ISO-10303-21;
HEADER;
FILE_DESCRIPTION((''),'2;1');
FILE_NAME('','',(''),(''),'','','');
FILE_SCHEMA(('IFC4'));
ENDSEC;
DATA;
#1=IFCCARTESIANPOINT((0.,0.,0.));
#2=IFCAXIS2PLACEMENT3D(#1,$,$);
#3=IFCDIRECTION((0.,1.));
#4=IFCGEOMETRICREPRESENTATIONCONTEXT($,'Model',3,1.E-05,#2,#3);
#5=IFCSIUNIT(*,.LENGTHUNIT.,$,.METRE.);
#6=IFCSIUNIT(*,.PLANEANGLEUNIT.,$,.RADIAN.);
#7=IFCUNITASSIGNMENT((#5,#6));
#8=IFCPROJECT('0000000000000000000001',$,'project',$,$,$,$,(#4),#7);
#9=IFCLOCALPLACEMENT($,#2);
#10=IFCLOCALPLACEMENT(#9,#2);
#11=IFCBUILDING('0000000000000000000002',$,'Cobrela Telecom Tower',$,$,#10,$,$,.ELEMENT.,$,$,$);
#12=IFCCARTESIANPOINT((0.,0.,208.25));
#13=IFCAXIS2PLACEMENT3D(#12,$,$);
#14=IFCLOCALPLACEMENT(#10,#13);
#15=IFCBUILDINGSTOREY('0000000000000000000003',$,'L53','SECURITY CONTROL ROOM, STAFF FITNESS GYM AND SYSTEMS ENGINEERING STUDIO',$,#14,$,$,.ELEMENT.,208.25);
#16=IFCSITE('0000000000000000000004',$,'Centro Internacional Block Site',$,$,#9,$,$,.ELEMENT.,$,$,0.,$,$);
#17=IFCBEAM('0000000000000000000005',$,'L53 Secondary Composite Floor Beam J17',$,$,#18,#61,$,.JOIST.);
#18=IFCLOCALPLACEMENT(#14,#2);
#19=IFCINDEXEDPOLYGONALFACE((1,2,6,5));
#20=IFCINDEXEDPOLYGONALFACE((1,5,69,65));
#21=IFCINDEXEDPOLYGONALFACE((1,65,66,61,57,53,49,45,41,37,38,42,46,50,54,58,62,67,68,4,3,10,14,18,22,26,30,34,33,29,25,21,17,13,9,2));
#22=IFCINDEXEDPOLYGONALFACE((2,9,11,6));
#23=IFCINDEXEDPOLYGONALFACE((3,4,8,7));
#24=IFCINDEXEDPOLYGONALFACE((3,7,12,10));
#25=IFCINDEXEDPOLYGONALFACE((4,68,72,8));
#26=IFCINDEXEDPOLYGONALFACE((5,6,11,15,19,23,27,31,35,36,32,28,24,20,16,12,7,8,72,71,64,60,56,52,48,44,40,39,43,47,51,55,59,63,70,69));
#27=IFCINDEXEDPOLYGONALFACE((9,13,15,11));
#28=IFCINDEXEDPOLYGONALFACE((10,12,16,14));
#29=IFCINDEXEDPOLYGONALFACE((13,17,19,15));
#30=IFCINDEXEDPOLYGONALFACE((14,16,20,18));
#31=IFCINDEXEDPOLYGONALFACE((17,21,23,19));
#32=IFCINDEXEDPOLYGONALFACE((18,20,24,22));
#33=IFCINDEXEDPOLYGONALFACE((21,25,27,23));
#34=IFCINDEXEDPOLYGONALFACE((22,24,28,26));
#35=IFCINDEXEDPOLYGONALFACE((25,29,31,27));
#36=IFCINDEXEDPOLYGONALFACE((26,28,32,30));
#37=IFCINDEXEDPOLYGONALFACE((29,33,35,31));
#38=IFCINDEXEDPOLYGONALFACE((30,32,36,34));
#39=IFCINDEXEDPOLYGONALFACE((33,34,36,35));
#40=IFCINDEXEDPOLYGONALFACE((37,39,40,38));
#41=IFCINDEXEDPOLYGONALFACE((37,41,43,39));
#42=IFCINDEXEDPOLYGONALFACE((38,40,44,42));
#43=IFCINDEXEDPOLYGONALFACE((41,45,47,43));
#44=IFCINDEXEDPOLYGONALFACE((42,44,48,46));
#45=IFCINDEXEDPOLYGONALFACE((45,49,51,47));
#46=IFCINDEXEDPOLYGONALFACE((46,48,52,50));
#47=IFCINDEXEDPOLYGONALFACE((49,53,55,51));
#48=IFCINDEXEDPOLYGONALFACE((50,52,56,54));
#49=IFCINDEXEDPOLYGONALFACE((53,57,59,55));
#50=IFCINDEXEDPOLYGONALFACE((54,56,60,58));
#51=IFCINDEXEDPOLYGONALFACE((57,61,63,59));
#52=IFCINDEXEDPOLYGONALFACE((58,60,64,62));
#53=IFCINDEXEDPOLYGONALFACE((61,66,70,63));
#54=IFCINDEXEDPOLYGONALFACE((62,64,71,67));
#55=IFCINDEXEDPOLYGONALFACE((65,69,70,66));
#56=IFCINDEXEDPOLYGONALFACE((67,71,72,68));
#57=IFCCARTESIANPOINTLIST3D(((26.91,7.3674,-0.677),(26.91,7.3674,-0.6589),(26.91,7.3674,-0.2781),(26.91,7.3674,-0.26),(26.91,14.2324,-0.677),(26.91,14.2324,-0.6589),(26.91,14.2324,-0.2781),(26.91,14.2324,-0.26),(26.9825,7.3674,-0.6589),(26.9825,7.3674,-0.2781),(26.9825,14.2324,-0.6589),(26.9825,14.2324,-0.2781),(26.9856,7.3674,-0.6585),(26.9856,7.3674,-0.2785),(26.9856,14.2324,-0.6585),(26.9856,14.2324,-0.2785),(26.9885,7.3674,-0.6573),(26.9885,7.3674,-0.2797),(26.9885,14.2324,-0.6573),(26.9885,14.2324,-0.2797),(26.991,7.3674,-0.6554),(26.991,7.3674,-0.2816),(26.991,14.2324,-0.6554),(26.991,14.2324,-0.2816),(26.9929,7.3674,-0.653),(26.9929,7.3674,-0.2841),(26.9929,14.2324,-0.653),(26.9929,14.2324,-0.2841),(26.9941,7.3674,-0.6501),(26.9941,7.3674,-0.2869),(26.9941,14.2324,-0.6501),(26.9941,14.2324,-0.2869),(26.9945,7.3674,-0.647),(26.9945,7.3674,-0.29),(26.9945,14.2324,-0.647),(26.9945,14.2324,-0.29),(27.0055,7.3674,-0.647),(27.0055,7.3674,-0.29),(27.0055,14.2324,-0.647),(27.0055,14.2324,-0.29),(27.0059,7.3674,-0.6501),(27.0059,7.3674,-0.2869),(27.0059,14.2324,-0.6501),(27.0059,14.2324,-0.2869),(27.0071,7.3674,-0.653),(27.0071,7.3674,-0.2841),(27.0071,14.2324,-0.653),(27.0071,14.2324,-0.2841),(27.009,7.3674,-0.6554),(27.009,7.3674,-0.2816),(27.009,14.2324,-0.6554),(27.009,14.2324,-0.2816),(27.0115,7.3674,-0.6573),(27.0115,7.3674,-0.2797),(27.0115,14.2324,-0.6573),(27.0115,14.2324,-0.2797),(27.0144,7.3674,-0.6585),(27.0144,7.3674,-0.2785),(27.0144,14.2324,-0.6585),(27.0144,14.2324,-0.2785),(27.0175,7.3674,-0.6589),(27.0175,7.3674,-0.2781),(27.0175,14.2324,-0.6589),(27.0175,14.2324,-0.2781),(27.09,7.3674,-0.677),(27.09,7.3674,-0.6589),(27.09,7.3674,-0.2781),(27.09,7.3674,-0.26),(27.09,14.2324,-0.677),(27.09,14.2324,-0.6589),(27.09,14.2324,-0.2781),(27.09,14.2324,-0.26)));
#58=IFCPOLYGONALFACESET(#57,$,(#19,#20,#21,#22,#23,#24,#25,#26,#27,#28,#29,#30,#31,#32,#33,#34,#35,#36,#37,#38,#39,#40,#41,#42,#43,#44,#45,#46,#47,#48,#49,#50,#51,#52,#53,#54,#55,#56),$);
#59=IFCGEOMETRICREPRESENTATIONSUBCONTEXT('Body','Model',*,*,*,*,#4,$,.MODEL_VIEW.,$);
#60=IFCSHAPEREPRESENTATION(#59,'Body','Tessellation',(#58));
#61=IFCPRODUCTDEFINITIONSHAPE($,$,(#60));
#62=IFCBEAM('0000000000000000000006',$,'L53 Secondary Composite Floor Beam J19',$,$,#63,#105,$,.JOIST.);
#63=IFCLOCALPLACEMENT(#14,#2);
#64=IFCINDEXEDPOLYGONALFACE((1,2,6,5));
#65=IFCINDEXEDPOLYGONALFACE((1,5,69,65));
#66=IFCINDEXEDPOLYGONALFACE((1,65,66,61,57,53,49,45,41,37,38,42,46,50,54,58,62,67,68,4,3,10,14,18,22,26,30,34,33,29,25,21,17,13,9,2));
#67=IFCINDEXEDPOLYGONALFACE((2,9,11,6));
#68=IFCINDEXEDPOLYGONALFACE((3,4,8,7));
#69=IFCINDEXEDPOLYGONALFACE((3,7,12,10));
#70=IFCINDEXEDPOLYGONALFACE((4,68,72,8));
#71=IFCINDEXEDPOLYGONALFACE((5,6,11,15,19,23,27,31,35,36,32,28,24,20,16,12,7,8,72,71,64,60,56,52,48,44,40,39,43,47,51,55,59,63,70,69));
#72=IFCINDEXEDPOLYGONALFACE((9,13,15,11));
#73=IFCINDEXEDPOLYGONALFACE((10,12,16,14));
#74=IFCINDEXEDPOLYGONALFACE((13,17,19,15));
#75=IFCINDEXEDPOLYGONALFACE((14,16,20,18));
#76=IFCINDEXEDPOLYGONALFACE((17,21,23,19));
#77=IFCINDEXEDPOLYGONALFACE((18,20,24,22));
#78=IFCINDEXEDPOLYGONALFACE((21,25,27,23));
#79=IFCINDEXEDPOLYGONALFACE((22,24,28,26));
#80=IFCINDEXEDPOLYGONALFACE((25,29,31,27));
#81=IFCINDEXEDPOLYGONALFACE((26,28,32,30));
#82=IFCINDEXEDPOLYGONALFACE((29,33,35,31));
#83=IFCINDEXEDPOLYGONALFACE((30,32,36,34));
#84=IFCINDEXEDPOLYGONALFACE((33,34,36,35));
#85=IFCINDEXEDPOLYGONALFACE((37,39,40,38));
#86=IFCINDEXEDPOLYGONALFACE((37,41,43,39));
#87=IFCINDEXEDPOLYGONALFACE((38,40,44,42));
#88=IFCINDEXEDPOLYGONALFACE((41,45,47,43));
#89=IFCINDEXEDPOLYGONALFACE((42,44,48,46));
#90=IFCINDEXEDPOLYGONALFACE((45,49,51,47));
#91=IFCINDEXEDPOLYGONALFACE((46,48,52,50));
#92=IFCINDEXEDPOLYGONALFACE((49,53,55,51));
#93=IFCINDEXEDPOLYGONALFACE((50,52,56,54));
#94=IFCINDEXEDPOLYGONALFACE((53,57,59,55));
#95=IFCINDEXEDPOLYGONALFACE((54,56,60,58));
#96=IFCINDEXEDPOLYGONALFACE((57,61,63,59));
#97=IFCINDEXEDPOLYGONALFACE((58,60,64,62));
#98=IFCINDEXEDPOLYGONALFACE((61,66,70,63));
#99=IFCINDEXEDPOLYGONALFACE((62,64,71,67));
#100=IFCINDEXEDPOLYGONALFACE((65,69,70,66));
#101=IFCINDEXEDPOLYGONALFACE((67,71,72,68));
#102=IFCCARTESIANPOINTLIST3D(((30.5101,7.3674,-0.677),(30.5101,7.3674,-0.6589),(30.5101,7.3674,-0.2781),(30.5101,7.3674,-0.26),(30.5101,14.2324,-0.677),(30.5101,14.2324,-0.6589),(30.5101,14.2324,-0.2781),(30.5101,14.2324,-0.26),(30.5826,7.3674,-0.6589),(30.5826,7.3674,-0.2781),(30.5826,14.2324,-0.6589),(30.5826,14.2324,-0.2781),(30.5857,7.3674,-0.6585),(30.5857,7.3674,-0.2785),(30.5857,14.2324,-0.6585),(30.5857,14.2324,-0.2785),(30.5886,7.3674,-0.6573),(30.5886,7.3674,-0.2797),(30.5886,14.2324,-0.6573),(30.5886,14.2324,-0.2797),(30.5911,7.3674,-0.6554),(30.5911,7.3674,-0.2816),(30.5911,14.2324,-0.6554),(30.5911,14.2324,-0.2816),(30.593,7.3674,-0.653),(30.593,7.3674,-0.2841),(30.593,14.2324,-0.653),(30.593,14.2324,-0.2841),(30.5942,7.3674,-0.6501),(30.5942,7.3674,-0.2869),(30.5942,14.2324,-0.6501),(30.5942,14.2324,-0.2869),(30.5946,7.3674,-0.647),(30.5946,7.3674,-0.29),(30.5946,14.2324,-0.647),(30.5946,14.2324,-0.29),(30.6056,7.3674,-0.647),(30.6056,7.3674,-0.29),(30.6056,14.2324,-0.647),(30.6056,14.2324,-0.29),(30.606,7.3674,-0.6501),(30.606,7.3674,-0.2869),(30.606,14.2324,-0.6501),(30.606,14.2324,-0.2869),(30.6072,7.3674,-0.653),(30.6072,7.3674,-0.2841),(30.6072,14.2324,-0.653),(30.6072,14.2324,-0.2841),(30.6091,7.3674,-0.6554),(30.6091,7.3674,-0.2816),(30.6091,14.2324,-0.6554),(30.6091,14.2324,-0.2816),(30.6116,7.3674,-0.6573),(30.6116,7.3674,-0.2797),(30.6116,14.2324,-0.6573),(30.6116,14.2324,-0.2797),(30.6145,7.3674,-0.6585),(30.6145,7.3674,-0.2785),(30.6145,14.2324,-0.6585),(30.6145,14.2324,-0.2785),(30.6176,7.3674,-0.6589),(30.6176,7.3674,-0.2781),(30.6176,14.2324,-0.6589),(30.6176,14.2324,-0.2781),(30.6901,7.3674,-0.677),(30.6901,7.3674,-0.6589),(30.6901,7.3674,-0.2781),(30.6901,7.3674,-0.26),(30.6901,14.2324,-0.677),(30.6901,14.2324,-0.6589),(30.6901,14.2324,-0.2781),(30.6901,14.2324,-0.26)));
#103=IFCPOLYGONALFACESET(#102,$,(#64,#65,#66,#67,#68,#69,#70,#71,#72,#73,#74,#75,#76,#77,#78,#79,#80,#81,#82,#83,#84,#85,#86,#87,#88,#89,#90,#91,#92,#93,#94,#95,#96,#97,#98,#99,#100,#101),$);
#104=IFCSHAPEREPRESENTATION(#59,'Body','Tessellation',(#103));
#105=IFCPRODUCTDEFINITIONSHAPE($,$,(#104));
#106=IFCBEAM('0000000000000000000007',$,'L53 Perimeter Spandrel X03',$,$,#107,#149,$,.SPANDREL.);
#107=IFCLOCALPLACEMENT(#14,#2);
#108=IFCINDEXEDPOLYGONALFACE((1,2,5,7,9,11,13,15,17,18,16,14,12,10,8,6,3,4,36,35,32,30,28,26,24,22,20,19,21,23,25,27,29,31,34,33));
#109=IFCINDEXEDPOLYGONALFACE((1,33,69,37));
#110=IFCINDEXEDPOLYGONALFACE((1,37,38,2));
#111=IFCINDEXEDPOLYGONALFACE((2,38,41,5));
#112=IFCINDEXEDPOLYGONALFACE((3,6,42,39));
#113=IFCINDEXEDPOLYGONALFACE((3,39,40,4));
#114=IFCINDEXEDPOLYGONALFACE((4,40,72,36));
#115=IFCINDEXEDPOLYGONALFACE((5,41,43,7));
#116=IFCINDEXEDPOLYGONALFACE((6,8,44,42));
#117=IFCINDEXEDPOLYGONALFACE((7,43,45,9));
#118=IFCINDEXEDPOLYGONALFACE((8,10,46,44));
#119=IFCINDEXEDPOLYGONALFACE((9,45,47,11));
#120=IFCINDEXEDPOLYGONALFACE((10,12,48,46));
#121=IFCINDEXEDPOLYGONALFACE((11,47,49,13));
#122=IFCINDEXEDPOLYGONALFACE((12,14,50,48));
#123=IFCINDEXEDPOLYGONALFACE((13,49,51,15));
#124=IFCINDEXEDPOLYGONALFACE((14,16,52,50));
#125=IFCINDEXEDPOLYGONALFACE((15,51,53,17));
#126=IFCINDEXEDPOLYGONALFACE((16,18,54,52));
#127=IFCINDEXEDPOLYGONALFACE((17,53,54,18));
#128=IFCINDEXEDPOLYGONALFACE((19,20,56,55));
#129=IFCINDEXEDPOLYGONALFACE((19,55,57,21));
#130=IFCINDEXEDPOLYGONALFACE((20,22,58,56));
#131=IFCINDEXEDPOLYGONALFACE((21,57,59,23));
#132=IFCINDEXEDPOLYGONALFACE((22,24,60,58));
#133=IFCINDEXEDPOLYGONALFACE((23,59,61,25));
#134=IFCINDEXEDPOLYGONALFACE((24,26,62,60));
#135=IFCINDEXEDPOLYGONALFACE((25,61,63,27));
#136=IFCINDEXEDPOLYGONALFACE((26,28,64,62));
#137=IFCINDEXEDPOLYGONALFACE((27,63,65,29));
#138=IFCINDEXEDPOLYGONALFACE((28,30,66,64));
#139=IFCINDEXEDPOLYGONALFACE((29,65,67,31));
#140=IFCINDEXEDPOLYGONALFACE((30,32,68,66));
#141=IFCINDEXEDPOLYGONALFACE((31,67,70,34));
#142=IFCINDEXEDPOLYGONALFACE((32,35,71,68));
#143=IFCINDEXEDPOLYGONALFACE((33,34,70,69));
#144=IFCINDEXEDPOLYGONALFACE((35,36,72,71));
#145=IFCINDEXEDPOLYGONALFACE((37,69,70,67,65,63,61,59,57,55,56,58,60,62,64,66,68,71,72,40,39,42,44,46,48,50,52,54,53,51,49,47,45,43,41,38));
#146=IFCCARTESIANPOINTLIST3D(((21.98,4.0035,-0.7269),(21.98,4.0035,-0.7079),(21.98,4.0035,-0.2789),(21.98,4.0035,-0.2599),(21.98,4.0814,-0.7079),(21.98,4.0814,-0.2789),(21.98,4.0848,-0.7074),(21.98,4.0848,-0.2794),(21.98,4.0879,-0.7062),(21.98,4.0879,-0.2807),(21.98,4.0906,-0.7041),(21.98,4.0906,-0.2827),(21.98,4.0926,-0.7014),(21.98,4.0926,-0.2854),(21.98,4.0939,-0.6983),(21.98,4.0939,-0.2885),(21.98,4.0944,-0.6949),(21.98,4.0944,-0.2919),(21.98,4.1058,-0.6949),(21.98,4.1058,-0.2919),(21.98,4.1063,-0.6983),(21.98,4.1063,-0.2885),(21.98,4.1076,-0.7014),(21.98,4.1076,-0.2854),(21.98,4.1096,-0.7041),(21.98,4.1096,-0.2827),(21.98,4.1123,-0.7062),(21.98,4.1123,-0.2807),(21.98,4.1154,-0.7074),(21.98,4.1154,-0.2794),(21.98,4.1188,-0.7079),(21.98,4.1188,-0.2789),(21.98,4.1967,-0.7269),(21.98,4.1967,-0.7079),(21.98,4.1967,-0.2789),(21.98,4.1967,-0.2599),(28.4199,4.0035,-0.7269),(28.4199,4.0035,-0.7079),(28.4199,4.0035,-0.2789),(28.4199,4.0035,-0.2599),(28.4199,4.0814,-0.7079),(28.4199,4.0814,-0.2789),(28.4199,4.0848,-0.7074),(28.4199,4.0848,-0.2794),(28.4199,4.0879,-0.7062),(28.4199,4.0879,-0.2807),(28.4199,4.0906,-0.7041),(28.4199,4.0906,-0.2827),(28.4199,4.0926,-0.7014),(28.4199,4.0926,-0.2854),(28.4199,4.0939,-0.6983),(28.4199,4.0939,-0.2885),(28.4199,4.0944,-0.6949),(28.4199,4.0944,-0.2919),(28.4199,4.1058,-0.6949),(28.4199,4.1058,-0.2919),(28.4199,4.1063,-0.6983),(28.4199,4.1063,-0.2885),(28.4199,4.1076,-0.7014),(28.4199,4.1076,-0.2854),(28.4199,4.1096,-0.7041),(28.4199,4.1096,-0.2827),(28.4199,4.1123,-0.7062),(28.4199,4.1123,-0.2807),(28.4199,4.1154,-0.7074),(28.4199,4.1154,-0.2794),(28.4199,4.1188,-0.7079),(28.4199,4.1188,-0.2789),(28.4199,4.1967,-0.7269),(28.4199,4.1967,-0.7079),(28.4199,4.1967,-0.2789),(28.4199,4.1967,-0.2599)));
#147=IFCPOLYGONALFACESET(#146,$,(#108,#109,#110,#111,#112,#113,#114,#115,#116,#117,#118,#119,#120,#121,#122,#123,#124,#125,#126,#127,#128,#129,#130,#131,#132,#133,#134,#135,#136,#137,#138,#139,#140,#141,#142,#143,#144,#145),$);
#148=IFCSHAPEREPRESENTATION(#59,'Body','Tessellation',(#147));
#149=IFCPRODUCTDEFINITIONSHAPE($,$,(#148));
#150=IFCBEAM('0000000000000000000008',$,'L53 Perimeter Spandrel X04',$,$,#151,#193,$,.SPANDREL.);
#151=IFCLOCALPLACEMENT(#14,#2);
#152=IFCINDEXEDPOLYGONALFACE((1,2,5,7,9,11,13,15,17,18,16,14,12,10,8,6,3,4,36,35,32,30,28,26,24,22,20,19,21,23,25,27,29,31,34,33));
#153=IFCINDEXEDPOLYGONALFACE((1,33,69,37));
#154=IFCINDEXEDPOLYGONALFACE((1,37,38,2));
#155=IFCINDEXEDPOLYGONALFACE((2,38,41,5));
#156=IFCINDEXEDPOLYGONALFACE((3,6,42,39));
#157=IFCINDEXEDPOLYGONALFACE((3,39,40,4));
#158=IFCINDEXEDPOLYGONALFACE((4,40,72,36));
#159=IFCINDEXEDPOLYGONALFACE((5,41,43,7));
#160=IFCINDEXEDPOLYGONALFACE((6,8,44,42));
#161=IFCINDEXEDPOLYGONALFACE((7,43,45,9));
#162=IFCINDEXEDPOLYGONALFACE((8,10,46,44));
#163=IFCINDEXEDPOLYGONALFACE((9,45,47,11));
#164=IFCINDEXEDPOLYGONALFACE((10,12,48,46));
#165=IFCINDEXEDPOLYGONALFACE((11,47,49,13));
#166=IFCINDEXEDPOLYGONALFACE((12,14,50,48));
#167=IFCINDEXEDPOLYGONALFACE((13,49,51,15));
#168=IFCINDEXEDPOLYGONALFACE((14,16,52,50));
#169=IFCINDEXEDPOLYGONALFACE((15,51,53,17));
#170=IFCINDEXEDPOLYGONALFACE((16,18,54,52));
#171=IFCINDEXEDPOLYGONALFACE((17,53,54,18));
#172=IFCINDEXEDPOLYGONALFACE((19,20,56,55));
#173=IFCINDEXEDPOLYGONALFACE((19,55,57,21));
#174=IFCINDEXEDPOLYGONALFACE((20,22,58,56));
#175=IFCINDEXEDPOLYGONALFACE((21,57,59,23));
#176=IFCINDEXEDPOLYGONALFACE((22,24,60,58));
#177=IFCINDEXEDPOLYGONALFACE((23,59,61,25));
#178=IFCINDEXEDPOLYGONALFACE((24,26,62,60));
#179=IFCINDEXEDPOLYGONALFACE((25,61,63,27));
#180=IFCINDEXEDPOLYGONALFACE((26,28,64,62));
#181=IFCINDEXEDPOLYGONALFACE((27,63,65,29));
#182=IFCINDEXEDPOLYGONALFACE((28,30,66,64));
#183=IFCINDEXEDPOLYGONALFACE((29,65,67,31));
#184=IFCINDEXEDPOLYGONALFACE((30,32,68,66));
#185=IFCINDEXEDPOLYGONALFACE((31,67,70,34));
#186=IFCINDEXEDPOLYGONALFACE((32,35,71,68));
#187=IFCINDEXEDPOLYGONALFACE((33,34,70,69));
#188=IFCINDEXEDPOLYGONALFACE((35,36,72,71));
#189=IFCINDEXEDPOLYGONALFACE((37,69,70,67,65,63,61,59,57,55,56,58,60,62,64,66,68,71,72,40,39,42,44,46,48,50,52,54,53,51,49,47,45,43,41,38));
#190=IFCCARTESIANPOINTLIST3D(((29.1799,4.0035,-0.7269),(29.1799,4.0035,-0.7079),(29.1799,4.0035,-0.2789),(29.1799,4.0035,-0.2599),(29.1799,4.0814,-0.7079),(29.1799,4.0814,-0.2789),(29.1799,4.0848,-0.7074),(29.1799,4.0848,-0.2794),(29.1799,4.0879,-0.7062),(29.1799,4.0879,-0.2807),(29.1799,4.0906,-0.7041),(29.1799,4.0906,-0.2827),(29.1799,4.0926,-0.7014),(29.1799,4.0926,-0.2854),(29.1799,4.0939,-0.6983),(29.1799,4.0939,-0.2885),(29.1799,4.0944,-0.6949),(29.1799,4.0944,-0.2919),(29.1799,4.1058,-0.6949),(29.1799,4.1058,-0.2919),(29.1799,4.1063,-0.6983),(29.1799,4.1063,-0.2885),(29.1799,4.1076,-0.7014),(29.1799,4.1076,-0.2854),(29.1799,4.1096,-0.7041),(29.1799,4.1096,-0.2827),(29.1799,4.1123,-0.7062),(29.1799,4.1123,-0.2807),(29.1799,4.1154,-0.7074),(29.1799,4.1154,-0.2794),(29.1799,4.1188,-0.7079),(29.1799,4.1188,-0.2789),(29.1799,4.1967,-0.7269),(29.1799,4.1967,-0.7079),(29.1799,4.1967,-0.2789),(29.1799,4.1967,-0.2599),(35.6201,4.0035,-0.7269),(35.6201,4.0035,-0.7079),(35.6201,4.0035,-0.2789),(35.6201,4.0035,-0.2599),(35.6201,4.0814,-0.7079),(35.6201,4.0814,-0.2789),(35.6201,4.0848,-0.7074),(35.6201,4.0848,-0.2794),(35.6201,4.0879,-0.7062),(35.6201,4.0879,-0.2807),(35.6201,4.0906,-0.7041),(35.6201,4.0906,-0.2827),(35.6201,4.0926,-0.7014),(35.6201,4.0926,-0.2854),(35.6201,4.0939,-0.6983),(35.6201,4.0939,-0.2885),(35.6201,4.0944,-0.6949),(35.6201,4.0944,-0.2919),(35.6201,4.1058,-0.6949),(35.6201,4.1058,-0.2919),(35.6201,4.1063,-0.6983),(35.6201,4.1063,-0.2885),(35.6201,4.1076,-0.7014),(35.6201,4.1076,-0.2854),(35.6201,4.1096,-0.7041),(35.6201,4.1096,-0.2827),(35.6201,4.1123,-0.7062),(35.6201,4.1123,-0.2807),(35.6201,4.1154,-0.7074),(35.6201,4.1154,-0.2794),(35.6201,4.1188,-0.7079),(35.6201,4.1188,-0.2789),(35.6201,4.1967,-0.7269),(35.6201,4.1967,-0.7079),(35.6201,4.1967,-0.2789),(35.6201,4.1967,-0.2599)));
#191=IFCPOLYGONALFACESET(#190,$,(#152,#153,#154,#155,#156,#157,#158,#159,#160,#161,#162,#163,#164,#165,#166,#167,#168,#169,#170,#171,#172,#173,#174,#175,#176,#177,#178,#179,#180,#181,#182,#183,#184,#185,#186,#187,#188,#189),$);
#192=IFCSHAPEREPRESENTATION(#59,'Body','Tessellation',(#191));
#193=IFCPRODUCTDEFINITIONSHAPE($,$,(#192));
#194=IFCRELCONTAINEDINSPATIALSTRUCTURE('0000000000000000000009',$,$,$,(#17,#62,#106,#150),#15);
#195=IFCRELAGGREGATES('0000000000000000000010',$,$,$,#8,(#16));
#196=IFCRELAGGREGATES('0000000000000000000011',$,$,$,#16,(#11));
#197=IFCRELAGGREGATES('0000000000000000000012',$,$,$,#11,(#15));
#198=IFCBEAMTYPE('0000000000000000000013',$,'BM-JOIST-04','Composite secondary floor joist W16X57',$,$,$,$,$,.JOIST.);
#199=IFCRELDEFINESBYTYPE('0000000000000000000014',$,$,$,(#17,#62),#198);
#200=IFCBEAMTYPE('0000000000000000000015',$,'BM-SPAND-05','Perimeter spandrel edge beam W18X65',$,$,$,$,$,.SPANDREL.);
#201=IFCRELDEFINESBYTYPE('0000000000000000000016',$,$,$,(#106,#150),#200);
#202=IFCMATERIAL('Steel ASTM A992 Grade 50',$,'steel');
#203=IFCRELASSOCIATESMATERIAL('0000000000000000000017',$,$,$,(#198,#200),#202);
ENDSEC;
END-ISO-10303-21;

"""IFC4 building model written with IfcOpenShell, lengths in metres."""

from ifc_helpers import new_model, si_unit, direction, frame, origin, origin_2d, place, context, subcontext, project, spatial, i_section, extrude, material, material_profile, profile_set, type_object, element, save


model = new_model("IFC4")

# Units and contexts
model_context = context("Model", 3, precision=1e-05, world=origin(), true_north=direction((0.0, 1.0)))
body_context = subcontext(model_context, "Body", "Model", "MODEL_VIEW")
ifc_project = project(units=[si_unit("LENGTHUNIT", "METRE"), si_unit("PLANEANGLEUNIT", "RADIAN")], contexts=[model_context])

# Site, building, storey
site_placement = place(None, origin())
site = spatial("IfcSite", under=ifc_project, at=site_placement, Name="Centro Internacional Block Site", CompositionType="ELEMENT", RefElevation=0.0)
building_placement = place(site_placement, origin())
building = spatial("IfcBuilding", under=site, at=building_placement, Name="Cobrela Telecom Tower", CompositionType="ELEMENT")
storey_placement = place(building_placement, frame((0.0, 0.0, 208.25)))
storey = spatial("IfcBuildingStorey", under=building, at=storey_placement, Name="L53", Description="SECURITY CONTROL ROOM, STAFF FITNESS GYM AND SYSTEMS ENGINEERING STUDIO", CompositionType="ELEMENT", Elevation=208.25)

# Shared definitions
ifc_material_1 = material(Name="Steel ASTM A992 Grade 50", Category="steel")

# Beams
ifc_material_profile_1 = material_profile(ifc_material_1, i_section(OverallWidth=0.1799, OverallDepth=0.417, WebThickness=0.011, FlangeThickness=0.0181, FilletRadius=0.012, at=origin_2d()), Name="W16X57")
ifc_profile_set_1 = profile_set([ifc_material_profile_1], Name="Steel ASTM A992 Grade 50")
beam_type_1 = type_object("IfcBeamType", Name="BM-JOIST-04", Description="Composite secondary floor joist W16X57", PredefinedType="JOIST", material=ifc_profile_set_1)
for number, where, z_axis, x_axis, name in (
    (1, (27.0, 7.3674, -0.4685), (0.0, 1.0, 0.0), (-1.0, 0.0, 0.0), "L53 Secondary Composite Floor Beam J17"),
    (2, (30.6001, 7.3674, -0.4685), (0.0, 1.0, 0.0), (-1.0, 0.0, 0.0), "L53 Secondary Composite Floor Beam J19"),
):
    element("IfcBeam", number, at=place(storey_placement, frame(where, z_axis=z_axis, x_axis=x_axis)), inside=storey, type_object=beam_type_1, Name=name, PredefinedType="JOIST", context=body_context, shape_type="SweptSolid", body=[
        extrude(i_section(OverallWidth=0.1799, OverallDepth=0.417, WebThickness=0.011, FlangeThickness=0.0181, FilletRadius=0.012, at=origin_2d()), origin(), (0.0, 0.0, 1.0), 6.865),
    ])
ifc_material_profile_2 = material_profile(ifc_material_1, i_section(OverallWidth=0.1931, OverallDepth=0.467, WebThickness=0.0115, FlangeThickness=0.019, FilletRadius=0.0129, at=origin_2d()), Name="W18X65")
ifc_profile_set_2 = profile_set([ifc_material_profile_2], Name="Steel ASTM A992 Grade 50")
beam_type_2 = type_object("IfcBeamType", Name="BM-SPAND-05", Description="Perimeter spandrel edge beam W18X65", PredefinedType="SPANDREL", material=ifc_profile_set_2)
beam_1_placement = place(storey_placement, frame((21.98, 4.1001, -0.4934), z_axis=(1.0, 0.0, 0.0), x_axis=(0.0, 1.0, 0.0)))
element("IfcBeam", 3, at=beam_1_placement, inside=storey, type_object=beam_type_2, Name="L53 Perimeter Spandrel X03", PredefinedType="SPANDREL", context=body_context, shape_type="SweptSolid", body=[
    extrude(i_section(OverallWidth=0.1931, OverallDepth=0.467, WebThickness=0.0115, FlangeThickness=0.019, FilletRadius=0.0129, at=origin_2d()), origin(), (0.0, 0.0, 1.0), 6.4399),
])
beam_2_placement = place(storey_placement, frame((29.1799, 4.1001, -0.4934), z_axis=(1.0, 0.0, 0.0), x_axis=(0.0, 1.0, 0.0)))
element("IfcBeam", 4, at=beam_2_placement, inside=storey, type_object=beam_type_2, Name="L53 Perimeter Spandrel X04", PredefinedType="SPANDREL", context=body_context, shape_type="SweptSolid", body=[
    extrude(i_section(OverallWidth=0.1931, OverallDepth=0.467, WebThickness=0.0115, FlangeThickness=0.019, FilletRadius=0.0129, at=origin_2d()), origin(), (0.0, 0.0, 1.0), 6.4402),
])

save(model, "model.ifc")
